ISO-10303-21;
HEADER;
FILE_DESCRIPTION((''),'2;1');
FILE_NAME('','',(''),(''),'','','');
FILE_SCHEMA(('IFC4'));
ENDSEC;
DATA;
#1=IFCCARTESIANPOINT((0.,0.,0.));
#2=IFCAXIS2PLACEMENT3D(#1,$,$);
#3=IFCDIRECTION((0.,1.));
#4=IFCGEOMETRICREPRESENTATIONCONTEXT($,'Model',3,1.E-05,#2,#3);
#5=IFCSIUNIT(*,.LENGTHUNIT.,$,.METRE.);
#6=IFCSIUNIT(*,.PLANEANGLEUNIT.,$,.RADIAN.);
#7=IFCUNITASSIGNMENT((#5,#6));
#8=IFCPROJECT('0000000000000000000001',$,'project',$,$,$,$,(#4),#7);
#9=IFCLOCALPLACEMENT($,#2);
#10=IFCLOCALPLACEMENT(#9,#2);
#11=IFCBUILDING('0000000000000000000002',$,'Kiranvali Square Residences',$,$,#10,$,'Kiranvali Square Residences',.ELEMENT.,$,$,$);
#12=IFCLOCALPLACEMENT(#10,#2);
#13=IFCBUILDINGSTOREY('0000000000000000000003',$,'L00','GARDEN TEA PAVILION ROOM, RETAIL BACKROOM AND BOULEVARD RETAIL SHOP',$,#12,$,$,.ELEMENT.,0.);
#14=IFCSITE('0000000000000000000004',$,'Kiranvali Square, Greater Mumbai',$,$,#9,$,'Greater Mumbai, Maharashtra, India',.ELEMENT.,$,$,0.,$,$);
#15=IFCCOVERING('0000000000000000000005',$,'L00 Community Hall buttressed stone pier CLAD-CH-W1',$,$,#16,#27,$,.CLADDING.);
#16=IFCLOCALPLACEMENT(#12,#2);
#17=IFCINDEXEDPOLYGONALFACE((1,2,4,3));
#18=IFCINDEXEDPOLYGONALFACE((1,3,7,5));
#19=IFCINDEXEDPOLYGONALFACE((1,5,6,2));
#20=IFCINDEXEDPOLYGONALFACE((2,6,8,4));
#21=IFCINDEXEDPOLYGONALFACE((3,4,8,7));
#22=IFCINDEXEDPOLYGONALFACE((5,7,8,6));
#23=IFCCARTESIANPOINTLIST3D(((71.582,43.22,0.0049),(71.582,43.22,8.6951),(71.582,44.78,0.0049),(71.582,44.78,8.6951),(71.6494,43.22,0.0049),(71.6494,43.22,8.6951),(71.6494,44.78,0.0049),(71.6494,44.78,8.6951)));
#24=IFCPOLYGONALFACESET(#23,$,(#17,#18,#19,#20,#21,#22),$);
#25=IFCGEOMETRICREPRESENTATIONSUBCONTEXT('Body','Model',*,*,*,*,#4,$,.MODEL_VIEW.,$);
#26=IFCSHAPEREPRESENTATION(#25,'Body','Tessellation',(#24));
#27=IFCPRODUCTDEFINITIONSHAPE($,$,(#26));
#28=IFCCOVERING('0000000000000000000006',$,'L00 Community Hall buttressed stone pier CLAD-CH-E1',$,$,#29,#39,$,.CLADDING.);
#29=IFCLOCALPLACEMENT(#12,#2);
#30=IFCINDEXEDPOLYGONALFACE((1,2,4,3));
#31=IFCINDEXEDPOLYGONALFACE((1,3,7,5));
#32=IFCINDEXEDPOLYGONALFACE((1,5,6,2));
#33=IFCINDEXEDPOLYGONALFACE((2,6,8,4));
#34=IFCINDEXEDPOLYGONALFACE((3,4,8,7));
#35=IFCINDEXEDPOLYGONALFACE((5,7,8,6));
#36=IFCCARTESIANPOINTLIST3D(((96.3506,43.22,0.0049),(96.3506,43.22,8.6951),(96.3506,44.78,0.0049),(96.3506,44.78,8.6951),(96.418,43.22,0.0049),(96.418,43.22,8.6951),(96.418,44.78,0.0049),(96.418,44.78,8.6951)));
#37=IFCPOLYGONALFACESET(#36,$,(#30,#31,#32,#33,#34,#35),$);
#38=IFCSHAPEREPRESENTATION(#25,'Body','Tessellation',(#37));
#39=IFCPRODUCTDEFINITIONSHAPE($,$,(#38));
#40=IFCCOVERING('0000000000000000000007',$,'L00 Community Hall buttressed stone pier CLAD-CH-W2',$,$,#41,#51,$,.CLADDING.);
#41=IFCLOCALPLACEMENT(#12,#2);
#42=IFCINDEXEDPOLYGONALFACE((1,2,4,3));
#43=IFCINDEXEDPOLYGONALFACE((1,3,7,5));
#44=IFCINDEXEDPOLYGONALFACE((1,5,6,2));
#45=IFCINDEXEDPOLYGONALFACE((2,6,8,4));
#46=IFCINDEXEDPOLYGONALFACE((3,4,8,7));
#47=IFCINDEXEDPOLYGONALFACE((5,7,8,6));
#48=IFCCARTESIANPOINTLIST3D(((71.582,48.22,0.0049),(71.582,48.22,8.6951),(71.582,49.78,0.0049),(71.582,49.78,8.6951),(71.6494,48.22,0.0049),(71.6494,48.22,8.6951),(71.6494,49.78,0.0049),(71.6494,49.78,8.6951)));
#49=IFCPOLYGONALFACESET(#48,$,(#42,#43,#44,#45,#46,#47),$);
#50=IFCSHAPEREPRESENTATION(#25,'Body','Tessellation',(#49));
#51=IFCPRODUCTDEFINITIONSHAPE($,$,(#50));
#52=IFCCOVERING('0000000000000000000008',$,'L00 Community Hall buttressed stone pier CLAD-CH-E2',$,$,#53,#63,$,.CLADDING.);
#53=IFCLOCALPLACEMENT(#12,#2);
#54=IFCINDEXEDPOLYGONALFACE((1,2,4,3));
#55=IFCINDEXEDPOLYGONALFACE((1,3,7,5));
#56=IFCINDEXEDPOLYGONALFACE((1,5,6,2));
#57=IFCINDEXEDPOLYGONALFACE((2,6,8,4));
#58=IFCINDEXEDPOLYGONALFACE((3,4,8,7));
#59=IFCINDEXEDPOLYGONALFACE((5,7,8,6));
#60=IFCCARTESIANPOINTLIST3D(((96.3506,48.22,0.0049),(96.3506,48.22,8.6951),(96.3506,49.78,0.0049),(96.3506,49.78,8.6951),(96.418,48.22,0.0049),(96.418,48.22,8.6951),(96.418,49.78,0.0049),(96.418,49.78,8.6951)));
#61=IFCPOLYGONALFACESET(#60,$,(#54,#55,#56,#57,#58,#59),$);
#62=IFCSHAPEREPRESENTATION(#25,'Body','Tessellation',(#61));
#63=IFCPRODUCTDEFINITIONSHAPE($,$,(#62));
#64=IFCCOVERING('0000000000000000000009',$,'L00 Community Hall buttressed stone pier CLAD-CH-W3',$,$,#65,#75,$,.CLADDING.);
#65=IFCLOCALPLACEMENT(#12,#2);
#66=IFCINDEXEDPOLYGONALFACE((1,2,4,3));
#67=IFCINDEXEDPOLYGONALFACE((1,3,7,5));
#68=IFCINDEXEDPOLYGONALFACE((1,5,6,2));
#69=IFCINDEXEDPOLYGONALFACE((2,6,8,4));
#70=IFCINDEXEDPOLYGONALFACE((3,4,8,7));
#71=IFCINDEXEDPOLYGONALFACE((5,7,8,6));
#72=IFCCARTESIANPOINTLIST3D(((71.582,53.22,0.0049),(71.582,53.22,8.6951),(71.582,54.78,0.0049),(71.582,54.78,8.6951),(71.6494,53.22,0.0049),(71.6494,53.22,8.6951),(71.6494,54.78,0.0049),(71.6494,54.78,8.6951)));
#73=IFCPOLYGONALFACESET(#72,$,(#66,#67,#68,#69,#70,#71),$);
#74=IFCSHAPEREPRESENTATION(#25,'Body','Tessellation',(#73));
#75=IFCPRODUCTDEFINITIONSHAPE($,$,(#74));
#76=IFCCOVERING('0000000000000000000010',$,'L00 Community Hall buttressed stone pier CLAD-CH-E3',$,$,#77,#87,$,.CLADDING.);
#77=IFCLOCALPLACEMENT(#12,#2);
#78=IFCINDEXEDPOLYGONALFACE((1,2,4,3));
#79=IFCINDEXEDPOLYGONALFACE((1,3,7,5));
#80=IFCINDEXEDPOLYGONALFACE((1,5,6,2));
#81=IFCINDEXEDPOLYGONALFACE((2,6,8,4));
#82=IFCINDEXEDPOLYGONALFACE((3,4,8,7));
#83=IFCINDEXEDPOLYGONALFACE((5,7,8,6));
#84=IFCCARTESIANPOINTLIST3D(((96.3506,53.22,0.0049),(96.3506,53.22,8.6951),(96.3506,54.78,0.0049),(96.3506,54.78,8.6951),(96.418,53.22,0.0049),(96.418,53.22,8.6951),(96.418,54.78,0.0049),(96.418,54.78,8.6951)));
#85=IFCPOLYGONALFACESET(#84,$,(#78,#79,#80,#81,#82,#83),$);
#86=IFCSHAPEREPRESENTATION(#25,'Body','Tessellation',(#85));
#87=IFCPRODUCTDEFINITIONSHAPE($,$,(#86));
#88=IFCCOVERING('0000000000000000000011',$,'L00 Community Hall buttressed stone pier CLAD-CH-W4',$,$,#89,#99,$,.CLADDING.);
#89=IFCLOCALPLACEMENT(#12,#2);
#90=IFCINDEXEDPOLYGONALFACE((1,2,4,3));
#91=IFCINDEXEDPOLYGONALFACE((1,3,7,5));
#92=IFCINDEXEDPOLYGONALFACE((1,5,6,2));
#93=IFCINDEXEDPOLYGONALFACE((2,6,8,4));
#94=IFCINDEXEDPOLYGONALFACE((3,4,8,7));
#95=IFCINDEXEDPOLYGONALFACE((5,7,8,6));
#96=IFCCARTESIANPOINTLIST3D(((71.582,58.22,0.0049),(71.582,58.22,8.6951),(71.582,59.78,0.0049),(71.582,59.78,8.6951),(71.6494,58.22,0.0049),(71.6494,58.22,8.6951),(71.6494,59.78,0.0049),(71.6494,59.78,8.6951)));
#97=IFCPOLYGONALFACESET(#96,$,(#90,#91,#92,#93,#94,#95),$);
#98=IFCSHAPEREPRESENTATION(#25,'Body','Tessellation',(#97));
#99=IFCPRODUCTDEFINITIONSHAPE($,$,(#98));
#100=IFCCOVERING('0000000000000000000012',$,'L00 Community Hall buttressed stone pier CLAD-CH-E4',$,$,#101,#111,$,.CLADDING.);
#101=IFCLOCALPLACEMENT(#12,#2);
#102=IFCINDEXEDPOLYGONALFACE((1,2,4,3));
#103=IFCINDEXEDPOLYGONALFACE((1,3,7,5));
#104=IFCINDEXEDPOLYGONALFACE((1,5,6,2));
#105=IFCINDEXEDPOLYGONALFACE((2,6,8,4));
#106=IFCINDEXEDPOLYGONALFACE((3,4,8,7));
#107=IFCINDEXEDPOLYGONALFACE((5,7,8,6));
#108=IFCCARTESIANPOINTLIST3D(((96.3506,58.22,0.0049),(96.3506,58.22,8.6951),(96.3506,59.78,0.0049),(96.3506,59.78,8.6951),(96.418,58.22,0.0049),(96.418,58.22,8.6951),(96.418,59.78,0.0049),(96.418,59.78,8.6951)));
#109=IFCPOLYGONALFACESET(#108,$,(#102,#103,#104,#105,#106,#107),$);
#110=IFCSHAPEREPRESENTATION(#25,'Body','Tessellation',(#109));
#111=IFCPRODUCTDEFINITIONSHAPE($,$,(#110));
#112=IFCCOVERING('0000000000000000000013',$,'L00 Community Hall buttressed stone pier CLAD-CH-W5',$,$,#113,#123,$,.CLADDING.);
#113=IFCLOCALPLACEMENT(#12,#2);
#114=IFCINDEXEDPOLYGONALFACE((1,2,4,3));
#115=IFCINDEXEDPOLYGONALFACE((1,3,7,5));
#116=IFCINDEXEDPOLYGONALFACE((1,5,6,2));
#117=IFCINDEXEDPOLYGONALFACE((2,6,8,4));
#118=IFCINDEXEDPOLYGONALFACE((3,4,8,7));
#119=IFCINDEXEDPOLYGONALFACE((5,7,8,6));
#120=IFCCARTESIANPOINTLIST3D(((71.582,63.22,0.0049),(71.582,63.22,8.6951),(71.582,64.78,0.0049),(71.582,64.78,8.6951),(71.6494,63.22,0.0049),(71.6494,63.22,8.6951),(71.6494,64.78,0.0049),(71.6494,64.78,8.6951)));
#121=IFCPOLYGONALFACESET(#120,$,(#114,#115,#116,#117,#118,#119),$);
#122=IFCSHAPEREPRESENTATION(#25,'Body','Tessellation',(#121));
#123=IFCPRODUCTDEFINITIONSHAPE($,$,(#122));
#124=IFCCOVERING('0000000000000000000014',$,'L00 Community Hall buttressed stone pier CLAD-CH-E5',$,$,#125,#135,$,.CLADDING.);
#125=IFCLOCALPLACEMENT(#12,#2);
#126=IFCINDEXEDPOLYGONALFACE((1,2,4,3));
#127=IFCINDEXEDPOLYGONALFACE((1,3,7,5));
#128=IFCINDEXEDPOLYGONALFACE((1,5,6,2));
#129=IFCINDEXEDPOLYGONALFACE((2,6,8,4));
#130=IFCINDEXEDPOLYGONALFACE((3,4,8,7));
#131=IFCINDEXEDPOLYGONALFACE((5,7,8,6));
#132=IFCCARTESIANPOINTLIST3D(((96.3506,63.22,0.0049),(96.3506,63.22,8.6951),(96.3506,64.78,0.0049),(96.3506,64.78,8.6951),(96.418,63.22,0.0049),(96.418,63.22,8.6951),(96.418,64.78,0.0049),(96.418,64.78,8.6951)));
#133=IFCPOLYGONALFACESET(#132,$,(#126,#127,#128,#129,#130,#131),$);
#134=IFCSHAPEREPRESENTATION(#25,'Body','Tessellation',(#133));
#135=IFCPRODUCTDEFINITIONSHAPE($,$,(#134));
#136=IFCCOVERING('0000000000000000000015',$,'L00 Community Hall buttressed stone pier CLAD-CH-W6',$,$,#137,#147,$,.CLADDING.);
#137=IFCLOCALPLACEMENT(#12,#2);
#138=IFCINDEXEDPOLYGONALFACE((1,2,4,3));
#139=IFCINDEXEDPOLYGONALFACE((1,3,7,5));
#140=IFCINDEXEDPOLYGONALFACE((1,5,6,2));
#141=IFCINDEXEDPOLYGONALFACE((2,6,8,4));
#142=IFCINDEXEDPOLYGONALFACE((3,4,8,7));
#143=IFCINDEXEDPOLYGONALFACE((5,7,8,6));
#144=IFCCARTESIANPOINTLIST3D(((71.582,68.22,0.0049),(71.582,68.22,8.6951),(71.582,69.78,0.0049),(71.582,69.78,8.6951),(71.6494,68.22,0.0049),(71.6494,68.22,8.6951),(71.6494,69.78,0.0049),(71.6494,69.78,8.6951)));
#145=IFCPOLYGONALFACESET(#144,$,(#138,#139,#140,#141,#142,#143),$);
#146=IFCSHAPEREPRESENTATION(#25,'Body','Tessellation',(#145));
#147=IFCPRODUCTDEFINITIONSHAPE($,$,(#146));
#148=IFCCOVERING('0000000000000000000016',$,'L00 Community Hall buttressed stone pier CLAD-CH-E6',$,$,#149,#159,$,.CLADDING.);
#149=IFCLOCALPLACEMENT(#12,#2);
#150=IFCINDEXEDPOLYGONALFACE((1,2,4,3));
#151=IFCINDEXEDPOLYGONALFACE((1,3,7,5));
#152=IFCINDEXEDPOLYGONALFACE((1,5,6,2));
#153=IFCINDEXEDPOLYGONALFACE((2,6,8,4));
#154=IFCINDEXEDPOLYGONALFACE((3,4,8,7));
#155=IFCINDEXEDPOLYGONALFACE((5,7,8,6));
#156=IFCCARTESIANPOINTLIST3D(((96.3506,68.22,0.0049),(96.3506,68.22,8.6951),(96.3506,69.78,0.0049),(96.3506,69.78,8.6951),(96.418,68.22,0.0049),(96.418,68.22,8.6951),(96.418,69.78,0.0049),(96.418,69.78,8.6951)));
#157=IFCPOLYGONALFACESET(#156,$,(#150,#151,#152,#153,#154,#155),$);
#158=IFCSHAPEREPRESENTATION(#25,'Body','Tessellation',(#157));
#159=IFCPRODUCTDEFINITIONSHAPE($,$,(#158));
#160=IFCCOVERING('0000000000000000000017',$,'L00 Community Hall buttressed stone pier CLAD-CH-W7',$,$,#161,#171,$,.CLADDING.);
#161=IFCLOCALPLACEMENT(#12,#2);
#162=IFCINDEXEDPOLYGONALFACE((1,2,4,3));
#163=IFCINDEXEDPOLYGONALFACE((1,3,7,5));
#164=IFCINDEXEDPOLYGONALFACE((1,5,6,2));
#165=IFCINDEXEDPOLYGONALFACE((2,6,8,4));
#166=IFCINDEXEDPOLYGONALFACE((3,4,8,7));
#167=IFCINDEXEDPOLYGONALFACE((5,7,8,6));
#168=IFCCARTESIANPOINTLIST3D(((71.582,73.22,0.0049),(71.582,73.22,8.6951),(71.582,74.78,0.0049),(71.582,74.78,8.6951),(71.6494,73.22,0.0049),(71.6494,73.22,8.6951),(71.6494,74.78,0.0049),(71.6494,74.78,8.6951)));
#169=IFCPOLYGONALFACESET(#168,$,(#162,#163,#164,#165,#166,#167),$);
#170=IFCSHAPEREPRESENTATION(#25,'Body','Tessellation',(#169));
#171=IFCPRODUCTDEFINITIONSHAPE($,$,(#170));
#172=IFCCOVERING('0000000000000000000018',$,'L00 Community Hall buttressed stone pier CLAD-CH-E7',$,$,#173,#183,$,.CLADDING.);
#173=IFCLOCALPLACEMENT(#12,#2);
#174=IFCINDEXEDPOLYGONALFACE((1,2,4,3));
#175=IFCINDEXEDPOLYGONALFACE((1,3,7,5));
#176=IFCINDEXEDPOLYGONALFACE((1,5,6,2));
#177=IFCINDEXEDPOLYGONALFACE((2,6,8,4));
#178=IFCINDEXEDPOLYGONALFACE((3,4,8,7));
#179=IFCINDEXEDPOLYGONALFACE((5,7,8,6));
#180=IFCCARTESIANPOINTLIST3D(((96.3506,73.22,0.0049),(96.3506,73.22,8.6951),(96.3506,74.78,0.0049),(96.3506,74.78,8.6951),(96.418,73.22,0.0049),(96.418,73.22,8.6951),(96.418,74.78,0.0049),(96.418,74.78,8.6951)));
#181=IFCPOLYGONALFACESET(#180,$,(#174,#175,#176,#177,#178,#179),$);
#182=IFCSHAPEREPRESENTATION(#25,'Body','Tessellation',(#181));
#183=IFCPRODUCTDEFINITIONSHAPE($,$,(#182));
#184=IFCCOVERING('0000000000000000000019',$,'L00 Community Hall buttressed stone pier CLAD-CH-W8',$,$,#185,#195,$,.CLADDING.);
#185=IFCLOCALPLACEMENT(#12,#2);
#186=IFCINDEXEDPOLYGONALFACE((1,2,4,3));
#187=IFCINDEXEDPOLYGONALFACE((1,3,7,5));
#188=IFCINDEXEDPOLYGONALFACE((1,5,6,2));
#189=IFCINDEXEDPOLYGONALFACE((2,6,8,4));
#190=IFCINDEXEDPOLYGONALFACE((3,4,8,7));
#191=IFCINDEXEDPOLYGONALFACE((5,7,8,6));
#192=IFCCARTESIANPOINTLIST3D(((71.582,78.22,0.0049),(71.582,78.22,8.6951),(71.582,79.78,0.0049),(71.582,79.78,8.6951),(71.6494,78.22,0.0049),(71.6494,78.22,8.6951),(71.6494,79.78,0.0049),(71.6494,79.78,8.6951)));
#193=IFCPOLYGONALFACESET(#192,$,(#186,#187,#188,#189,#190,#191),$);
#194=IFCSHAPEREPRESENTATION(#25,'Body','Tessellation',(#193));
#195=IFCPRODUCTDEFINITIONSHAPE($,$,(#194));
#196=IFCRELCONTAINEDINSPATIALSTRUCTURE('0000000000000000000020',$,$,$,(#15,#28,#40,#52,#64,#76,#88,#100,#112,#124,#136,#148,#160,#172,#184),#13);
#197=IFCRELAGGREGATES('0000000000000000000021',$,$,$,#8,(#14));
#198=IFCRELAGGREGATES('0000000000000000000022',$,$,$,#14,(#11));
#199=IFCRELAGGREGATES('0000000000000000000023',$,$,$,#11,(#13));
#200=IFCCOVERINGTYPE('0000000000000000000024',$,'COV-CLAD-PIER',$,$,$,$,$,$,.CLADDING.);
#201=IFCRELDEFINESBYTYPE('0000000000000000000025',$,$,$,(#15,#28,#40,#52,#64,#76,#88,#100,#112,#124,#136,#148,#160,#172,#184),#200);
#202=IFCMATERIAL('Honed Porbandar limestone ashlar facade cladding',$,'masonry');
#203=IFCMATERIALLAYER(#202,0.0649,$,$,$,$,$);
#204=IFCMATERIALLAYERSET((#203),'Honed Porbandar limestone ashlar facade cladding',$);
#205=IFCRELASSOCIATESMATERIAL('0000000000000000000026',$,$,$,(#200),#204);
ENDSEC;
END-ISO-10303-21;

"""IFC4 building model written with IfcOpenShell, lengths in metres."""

from ifc_helpers import new_model, si_unit, direction, frame, origin, place, context, subcontext, project, spatial, polyline, outline, extrude, material, layer, layer_set, type_object, element, save


model = new_model("IFC4")

# Units and contexts
model_context = context("Model", 3, precision=1e-05, world=origin(), true_north=direction((0.0, 1.0)))
body_context = subcontext(model_context, "Body", "Model", "MODEL_VIEW")
ifc_project = project(units=[si_unit("LENGTHUNIT", "METRE"), si_unit("PLANEANGLEUNIT", "RADIAN")], contexts=[model_context])

# Site, building, storey
site_placement = place(None, origin())
site = spatial("IfcSite", under=ifc_project, at=site_placement, Name="Kiranvali Square, Greater Mumbai", LongName="Greater Mumbai, Maharashtra, India", CompositionType="ELEMENT", RefElevation=0.0)
building_placement = place(site_placement, origin())
building = spatial("IfcBuilding", under=site, at=building_placement, Name="Kiranvali Square Residences", LongName="Kiranvali Square Residences", CompositionType="ELEMENT")
storey_placement = place(building_placement, origin())
storey = spatial("IfcBuildingStorey", under=building, at=storey_placement, Name="L00", Description="GARDEN TEA PAVILION ROOM, RETAIL BACKROOM AND BOULEVARD RETAIL SHOP", CompositionType="ELEMENT", Elevation=0.0)

# Coverings
ifc_material = material(Name="Honed Porbandar limestone ashlar facade cladding", Category="masonry")
ifc_layer_1 = layer(ifc_material, 0.0649)
ifc_layer_set_1 = layer_set([ifc_layer_1], Name="Honed Porbandar limestone ashlar facade cladding")
covering_type_1 = type_object("IfcCoveringType", Name="COV-CLAD-PIER", PredefinedType="CLADDING", material=ifc_layer_set_1)
covering_1_placement = place(storey_placement, frame((0.0, 0.0, 0.0049)))
element("IfcCovering", 1, at=covering_1_placement, inside=storey, type_object=covering_type_1, Name="L00 Community Hall buttressed stone pier CLAD-CH-W1", PredefinedType="CLADDING", context=body_context, shape_type="SweptSolid", body=[
    extrude(outline(polyline([(71.6494, 43.22), (71.6494, 44.78), (71.582, 44.78), (71.582, 43.22), (71.6494, 43.22)])), origin(), (0.0, 0.0, 1.0), 8.6902),
])
covering_2_placement = place(storey_placement, frame((0.0, 0.0, 0.0049)))
element("IfcCovering", 2, at=covering_2_placement, inside=storey, type_object=covering_type_1, Name="L00 Community Hall buttressed stone pier CLAD-CH-E1", PredefinedType="CLADDING", context=body_context, shape_type="SweptSolid", body=[
    extrude(outline(polyline([(96.418, 43.22), (96.418, 44.78), (96.3506, 44.78), (96.3506, 43.22), (96.418, 43.22)])), origin(), (0.0, 0.0, 1.0), 8.6902),
])
covering_3_placement = place(storey_placement, frame((0.0, 0.0, 0.0049)))
element("IfcCovering", 3, at=covering_3_placement, inside=storey, type_object=covering_type_1, Name="L00 Community Hall buttressed stone pier CLAD-CH-W2", PredefinedType="CLADDING", context=body_context, shape_type="SweptSolid", body=[
    extrude(outline(polyline([(71.6494, 48.22), (71.6494, 49.78), (71.582, 49.78), (71.582, 48.22), (71.6494, 48.22)])), origin(), (0.0, 0.0, 1.0), 8.6902),
])
covering_4_placement = place(storey_placement, frame((0.0, 0.0, 0.0049)))
element("IfcCovering", 4, at=covering_4_placement, inside=storey, type_object=covering_type_1, Name="L00 Community Hall buttressed stone pier CLAD-CH-E2", PredefinedType="CLADDING", context=body_context, shape_type="SweptSolid", body=[
    extrude(outline(polyline([(96.418, 48.22), (96.418, 49.78), (96.3506, 49.78), (96.3506, 48.22), (96.418, 48.22)])), origin(), (0.0, 0.0, 1.0), 8.6902),
])
covering_5_placement = place(storey_placement, frame((0.0, 0.0, 0.0049)))
element("IfcCovering", 5, at=covering_5_placement, inside=storey, type_object=covering_type_1, Name="L00 Community Hall buttressed stone pier CLAD-CH-W3", PredefinedType="CLADDING", context=body_context, shape_type="SweptSolid", body=[
    extrude(outline(polyline([(71.6494, 53.22), (71.6494, 54.78), (71.582, 54.78), (71.582, 53.22), (71.6494, 53.22)])), origin(), (0.0, 0.0, 1.0), 8.6902),
])
covering_6_placement = place(storey_placement, frame((0.0, 0.0, 0.0049)))
element("IfcCovering", 6, at=covering_6_placement, inside=storey, type_object=covering_type_1, Name="L00 Community Hall buttressed stone pier CLAD-CH-E3", PredefinedType="CLADDING", context=body_context, shape_type="SweptSolid", body=[
    extrude(outline(polyline([(96.418, 53.22), (96.418, 54.78), (96.3506, 54.78), (96.3506, 53.22), (96.418, 53.22)])), origin(), (0.0, 0.0, 1.0), 8.6902),
])
covering_7_placement = place(storey_placement, frame((0.0, 0.0, 0.0049)))
element("IfcCovering", 7, at=covering_7_placement, inside=storey, type_object=covering_type_1, Name="L00 Community Hall buttressed stone pier CLAD-CH-W4", PredefinedType="CLADDING", context=body_context, shape_type="SweptSolid", body=[
    extrude(outline(polyline([(71.6494, 58.22), (71.6494, 59.78), (71.582, 59.78), (71.582, 58.22), (71.6494, 58.22)])), origin(), (0.0, 0.0, 1.0), 8.6902),
])
covering_8_placement = place(storey_placement, frame((0.0, 0.0, 0.0049)))
element("IfcCovering", 8, at=covering_8_placement, inside=storey, type_object=covering_type_1, Name="L00 Community Hall buttressed stone pier CLAD-CH-E4", PredefinedType="CLADDING", context=body_context, shape_type="SweptSolid", body=[
    extrude(outline(polyline([(96.418, 58.22), (96.418, 59.78), (96.3506, 59.78), (96.3506, 58.22), (96.418, 58.22)])), origin(), (0.0, 0.0, 1.0), 8.6902),
])
covering_9_placement = place(storey_placement, frame((0.0, 0.0, 0.0049)))
element("IfcCovering", 9, at=covering_9_placement, inside=storey, type_object=covering_type_1, Name="L00 Community Hall buttressed stone pier CLAD-CH-W5", PredefinedType="CLADDING", context=body_context, shape_type="SweptSolid", body=[
    extrude(outline(polyline([(71.6494, 63.22), (71.6494, 64.78), (71.582, 64.78), (71.582, 63.22), (71.6494, 63.22)])), origin(), (0.0, 0.0, 1.0), 8.6902),
])
covering_10_placement = place(storey_placement, frame((0.0, 0.0, 0.0049)))
element("IfcCovering", 10, at=covering_10_placement, inside=storey, type_object=covering_type_1, Name="L00 Community Hall buttressed stone pier CLAD-CH-E5", PredefinedType="CLADDING", context=body_context, shape_type="SweptSolid", body=[
    extrude(outline(polyline([(96.418, 63.22), (96.418, 64.78), (96.3506, 64.78), (96.3506, 63.22), (96.418, 63.22)])), origin(), (0.0, 0.0, 1.0), 8.6902),
])
covering_11_placement = place(storey_placement, frame((0.0, 0.0, 0.0049)))
element("IfcCovering", 11, at=covering_11_placement, inside=storey, type_object=covering_type_1, Name="L00 Community Hall buttressed stone pier CLAD-CH-W6", PredefinedType="CLADDING", context=body_context, shape_type="SweptSolid", body=[
    extrude(outline(polyline([(71.6494, 68.22), (71.6494, 69.78), (71.582, 69.78), (71.582, 68.22), (71.6494, 68.22)])), origin(), (0.0, 0.0, 1.0), 8.6902),
])
covering_12_placement = place(storey_placement, frame((0.0, 0.0, 0.0049)))
element("IfcCovering", 12, at=covering_12_placement, inside=storey, type_object=covering_type_1, Name="L00 Community Hall buttressed stone pier CLAD-CH-E6", PredefinedType="CLADDING", context=body_context, shape_type="SweptSolid", body=[
    extrude(outline(polyline([(96.418, 68.22), (96.418, 69.78), (96.3506, 69.78), (96.3506, 68.22), (96.418, 68.22)])), origin(), (0.0, 0.0, 1.0), 8.6902),
])
covering_13_placement = place(storey_placement, frame((0.0, 0.0, 0.0049)))
element("IfcCovering", 13, at=covering_13_placement, inside=storey, type_object=covering_type_1, Name="L00 Community Hall buttressed stone pier CLAD-CH-W7", PredefinedType="CLADDING", context=body_context, shape_type="SweptSolid", body=[
    extrude(outline(polyline([(71.6494, 73.22), (71.6494, 74.78), (71.582, 74.78), (71.582, 73.22), (71.6494, 73.22)])), origin(), (0.0, 0.0, 1.0), 8.6902),
])
covering_14_placement = place(storey_placement, frame((0.0, 0.0, 0.0049)))
element("IfcCovering", 14, at=covering_14_placement, inside=storey, type_object=covering_type_1, Name="L00 Community Hall buttressed stone pier CLAD-CH-E7", PredefinedType="CLADDING", context=body_context, shape_type="SweptSolid", body=[
    extrude(outline(polyline([(96.418, 73.22), (96.418, 74.78), (96.3506, 74.78), (96.3506, 73.22), (96.418, 73.22)])), origin(), (0.0, 0.0, 1.0), 8.6902),
])
covering_15_placement = place(storey_placement, frame((0.0, 0.0, 0.0049)))
element("IfcCovering", 15, at=covering_15_placement, inside=storey, type_object=covering_type_1, Name="L00 Community Hall buttressed stone pier CLAD-CH-W8", PredefinedType="CLADDING", context=body_context, shape_type="SweptSolid", body=[
    extrude(outline(polyline([(71.6494, 78.22), (71.6494, 79.78), (71.582, 79.78), (71.582, 78.22), (71.6494, 78.22)])), origin(), (0.0, 0.0, 1.0), 8.6902),
])

save(model, "model.ifc")
